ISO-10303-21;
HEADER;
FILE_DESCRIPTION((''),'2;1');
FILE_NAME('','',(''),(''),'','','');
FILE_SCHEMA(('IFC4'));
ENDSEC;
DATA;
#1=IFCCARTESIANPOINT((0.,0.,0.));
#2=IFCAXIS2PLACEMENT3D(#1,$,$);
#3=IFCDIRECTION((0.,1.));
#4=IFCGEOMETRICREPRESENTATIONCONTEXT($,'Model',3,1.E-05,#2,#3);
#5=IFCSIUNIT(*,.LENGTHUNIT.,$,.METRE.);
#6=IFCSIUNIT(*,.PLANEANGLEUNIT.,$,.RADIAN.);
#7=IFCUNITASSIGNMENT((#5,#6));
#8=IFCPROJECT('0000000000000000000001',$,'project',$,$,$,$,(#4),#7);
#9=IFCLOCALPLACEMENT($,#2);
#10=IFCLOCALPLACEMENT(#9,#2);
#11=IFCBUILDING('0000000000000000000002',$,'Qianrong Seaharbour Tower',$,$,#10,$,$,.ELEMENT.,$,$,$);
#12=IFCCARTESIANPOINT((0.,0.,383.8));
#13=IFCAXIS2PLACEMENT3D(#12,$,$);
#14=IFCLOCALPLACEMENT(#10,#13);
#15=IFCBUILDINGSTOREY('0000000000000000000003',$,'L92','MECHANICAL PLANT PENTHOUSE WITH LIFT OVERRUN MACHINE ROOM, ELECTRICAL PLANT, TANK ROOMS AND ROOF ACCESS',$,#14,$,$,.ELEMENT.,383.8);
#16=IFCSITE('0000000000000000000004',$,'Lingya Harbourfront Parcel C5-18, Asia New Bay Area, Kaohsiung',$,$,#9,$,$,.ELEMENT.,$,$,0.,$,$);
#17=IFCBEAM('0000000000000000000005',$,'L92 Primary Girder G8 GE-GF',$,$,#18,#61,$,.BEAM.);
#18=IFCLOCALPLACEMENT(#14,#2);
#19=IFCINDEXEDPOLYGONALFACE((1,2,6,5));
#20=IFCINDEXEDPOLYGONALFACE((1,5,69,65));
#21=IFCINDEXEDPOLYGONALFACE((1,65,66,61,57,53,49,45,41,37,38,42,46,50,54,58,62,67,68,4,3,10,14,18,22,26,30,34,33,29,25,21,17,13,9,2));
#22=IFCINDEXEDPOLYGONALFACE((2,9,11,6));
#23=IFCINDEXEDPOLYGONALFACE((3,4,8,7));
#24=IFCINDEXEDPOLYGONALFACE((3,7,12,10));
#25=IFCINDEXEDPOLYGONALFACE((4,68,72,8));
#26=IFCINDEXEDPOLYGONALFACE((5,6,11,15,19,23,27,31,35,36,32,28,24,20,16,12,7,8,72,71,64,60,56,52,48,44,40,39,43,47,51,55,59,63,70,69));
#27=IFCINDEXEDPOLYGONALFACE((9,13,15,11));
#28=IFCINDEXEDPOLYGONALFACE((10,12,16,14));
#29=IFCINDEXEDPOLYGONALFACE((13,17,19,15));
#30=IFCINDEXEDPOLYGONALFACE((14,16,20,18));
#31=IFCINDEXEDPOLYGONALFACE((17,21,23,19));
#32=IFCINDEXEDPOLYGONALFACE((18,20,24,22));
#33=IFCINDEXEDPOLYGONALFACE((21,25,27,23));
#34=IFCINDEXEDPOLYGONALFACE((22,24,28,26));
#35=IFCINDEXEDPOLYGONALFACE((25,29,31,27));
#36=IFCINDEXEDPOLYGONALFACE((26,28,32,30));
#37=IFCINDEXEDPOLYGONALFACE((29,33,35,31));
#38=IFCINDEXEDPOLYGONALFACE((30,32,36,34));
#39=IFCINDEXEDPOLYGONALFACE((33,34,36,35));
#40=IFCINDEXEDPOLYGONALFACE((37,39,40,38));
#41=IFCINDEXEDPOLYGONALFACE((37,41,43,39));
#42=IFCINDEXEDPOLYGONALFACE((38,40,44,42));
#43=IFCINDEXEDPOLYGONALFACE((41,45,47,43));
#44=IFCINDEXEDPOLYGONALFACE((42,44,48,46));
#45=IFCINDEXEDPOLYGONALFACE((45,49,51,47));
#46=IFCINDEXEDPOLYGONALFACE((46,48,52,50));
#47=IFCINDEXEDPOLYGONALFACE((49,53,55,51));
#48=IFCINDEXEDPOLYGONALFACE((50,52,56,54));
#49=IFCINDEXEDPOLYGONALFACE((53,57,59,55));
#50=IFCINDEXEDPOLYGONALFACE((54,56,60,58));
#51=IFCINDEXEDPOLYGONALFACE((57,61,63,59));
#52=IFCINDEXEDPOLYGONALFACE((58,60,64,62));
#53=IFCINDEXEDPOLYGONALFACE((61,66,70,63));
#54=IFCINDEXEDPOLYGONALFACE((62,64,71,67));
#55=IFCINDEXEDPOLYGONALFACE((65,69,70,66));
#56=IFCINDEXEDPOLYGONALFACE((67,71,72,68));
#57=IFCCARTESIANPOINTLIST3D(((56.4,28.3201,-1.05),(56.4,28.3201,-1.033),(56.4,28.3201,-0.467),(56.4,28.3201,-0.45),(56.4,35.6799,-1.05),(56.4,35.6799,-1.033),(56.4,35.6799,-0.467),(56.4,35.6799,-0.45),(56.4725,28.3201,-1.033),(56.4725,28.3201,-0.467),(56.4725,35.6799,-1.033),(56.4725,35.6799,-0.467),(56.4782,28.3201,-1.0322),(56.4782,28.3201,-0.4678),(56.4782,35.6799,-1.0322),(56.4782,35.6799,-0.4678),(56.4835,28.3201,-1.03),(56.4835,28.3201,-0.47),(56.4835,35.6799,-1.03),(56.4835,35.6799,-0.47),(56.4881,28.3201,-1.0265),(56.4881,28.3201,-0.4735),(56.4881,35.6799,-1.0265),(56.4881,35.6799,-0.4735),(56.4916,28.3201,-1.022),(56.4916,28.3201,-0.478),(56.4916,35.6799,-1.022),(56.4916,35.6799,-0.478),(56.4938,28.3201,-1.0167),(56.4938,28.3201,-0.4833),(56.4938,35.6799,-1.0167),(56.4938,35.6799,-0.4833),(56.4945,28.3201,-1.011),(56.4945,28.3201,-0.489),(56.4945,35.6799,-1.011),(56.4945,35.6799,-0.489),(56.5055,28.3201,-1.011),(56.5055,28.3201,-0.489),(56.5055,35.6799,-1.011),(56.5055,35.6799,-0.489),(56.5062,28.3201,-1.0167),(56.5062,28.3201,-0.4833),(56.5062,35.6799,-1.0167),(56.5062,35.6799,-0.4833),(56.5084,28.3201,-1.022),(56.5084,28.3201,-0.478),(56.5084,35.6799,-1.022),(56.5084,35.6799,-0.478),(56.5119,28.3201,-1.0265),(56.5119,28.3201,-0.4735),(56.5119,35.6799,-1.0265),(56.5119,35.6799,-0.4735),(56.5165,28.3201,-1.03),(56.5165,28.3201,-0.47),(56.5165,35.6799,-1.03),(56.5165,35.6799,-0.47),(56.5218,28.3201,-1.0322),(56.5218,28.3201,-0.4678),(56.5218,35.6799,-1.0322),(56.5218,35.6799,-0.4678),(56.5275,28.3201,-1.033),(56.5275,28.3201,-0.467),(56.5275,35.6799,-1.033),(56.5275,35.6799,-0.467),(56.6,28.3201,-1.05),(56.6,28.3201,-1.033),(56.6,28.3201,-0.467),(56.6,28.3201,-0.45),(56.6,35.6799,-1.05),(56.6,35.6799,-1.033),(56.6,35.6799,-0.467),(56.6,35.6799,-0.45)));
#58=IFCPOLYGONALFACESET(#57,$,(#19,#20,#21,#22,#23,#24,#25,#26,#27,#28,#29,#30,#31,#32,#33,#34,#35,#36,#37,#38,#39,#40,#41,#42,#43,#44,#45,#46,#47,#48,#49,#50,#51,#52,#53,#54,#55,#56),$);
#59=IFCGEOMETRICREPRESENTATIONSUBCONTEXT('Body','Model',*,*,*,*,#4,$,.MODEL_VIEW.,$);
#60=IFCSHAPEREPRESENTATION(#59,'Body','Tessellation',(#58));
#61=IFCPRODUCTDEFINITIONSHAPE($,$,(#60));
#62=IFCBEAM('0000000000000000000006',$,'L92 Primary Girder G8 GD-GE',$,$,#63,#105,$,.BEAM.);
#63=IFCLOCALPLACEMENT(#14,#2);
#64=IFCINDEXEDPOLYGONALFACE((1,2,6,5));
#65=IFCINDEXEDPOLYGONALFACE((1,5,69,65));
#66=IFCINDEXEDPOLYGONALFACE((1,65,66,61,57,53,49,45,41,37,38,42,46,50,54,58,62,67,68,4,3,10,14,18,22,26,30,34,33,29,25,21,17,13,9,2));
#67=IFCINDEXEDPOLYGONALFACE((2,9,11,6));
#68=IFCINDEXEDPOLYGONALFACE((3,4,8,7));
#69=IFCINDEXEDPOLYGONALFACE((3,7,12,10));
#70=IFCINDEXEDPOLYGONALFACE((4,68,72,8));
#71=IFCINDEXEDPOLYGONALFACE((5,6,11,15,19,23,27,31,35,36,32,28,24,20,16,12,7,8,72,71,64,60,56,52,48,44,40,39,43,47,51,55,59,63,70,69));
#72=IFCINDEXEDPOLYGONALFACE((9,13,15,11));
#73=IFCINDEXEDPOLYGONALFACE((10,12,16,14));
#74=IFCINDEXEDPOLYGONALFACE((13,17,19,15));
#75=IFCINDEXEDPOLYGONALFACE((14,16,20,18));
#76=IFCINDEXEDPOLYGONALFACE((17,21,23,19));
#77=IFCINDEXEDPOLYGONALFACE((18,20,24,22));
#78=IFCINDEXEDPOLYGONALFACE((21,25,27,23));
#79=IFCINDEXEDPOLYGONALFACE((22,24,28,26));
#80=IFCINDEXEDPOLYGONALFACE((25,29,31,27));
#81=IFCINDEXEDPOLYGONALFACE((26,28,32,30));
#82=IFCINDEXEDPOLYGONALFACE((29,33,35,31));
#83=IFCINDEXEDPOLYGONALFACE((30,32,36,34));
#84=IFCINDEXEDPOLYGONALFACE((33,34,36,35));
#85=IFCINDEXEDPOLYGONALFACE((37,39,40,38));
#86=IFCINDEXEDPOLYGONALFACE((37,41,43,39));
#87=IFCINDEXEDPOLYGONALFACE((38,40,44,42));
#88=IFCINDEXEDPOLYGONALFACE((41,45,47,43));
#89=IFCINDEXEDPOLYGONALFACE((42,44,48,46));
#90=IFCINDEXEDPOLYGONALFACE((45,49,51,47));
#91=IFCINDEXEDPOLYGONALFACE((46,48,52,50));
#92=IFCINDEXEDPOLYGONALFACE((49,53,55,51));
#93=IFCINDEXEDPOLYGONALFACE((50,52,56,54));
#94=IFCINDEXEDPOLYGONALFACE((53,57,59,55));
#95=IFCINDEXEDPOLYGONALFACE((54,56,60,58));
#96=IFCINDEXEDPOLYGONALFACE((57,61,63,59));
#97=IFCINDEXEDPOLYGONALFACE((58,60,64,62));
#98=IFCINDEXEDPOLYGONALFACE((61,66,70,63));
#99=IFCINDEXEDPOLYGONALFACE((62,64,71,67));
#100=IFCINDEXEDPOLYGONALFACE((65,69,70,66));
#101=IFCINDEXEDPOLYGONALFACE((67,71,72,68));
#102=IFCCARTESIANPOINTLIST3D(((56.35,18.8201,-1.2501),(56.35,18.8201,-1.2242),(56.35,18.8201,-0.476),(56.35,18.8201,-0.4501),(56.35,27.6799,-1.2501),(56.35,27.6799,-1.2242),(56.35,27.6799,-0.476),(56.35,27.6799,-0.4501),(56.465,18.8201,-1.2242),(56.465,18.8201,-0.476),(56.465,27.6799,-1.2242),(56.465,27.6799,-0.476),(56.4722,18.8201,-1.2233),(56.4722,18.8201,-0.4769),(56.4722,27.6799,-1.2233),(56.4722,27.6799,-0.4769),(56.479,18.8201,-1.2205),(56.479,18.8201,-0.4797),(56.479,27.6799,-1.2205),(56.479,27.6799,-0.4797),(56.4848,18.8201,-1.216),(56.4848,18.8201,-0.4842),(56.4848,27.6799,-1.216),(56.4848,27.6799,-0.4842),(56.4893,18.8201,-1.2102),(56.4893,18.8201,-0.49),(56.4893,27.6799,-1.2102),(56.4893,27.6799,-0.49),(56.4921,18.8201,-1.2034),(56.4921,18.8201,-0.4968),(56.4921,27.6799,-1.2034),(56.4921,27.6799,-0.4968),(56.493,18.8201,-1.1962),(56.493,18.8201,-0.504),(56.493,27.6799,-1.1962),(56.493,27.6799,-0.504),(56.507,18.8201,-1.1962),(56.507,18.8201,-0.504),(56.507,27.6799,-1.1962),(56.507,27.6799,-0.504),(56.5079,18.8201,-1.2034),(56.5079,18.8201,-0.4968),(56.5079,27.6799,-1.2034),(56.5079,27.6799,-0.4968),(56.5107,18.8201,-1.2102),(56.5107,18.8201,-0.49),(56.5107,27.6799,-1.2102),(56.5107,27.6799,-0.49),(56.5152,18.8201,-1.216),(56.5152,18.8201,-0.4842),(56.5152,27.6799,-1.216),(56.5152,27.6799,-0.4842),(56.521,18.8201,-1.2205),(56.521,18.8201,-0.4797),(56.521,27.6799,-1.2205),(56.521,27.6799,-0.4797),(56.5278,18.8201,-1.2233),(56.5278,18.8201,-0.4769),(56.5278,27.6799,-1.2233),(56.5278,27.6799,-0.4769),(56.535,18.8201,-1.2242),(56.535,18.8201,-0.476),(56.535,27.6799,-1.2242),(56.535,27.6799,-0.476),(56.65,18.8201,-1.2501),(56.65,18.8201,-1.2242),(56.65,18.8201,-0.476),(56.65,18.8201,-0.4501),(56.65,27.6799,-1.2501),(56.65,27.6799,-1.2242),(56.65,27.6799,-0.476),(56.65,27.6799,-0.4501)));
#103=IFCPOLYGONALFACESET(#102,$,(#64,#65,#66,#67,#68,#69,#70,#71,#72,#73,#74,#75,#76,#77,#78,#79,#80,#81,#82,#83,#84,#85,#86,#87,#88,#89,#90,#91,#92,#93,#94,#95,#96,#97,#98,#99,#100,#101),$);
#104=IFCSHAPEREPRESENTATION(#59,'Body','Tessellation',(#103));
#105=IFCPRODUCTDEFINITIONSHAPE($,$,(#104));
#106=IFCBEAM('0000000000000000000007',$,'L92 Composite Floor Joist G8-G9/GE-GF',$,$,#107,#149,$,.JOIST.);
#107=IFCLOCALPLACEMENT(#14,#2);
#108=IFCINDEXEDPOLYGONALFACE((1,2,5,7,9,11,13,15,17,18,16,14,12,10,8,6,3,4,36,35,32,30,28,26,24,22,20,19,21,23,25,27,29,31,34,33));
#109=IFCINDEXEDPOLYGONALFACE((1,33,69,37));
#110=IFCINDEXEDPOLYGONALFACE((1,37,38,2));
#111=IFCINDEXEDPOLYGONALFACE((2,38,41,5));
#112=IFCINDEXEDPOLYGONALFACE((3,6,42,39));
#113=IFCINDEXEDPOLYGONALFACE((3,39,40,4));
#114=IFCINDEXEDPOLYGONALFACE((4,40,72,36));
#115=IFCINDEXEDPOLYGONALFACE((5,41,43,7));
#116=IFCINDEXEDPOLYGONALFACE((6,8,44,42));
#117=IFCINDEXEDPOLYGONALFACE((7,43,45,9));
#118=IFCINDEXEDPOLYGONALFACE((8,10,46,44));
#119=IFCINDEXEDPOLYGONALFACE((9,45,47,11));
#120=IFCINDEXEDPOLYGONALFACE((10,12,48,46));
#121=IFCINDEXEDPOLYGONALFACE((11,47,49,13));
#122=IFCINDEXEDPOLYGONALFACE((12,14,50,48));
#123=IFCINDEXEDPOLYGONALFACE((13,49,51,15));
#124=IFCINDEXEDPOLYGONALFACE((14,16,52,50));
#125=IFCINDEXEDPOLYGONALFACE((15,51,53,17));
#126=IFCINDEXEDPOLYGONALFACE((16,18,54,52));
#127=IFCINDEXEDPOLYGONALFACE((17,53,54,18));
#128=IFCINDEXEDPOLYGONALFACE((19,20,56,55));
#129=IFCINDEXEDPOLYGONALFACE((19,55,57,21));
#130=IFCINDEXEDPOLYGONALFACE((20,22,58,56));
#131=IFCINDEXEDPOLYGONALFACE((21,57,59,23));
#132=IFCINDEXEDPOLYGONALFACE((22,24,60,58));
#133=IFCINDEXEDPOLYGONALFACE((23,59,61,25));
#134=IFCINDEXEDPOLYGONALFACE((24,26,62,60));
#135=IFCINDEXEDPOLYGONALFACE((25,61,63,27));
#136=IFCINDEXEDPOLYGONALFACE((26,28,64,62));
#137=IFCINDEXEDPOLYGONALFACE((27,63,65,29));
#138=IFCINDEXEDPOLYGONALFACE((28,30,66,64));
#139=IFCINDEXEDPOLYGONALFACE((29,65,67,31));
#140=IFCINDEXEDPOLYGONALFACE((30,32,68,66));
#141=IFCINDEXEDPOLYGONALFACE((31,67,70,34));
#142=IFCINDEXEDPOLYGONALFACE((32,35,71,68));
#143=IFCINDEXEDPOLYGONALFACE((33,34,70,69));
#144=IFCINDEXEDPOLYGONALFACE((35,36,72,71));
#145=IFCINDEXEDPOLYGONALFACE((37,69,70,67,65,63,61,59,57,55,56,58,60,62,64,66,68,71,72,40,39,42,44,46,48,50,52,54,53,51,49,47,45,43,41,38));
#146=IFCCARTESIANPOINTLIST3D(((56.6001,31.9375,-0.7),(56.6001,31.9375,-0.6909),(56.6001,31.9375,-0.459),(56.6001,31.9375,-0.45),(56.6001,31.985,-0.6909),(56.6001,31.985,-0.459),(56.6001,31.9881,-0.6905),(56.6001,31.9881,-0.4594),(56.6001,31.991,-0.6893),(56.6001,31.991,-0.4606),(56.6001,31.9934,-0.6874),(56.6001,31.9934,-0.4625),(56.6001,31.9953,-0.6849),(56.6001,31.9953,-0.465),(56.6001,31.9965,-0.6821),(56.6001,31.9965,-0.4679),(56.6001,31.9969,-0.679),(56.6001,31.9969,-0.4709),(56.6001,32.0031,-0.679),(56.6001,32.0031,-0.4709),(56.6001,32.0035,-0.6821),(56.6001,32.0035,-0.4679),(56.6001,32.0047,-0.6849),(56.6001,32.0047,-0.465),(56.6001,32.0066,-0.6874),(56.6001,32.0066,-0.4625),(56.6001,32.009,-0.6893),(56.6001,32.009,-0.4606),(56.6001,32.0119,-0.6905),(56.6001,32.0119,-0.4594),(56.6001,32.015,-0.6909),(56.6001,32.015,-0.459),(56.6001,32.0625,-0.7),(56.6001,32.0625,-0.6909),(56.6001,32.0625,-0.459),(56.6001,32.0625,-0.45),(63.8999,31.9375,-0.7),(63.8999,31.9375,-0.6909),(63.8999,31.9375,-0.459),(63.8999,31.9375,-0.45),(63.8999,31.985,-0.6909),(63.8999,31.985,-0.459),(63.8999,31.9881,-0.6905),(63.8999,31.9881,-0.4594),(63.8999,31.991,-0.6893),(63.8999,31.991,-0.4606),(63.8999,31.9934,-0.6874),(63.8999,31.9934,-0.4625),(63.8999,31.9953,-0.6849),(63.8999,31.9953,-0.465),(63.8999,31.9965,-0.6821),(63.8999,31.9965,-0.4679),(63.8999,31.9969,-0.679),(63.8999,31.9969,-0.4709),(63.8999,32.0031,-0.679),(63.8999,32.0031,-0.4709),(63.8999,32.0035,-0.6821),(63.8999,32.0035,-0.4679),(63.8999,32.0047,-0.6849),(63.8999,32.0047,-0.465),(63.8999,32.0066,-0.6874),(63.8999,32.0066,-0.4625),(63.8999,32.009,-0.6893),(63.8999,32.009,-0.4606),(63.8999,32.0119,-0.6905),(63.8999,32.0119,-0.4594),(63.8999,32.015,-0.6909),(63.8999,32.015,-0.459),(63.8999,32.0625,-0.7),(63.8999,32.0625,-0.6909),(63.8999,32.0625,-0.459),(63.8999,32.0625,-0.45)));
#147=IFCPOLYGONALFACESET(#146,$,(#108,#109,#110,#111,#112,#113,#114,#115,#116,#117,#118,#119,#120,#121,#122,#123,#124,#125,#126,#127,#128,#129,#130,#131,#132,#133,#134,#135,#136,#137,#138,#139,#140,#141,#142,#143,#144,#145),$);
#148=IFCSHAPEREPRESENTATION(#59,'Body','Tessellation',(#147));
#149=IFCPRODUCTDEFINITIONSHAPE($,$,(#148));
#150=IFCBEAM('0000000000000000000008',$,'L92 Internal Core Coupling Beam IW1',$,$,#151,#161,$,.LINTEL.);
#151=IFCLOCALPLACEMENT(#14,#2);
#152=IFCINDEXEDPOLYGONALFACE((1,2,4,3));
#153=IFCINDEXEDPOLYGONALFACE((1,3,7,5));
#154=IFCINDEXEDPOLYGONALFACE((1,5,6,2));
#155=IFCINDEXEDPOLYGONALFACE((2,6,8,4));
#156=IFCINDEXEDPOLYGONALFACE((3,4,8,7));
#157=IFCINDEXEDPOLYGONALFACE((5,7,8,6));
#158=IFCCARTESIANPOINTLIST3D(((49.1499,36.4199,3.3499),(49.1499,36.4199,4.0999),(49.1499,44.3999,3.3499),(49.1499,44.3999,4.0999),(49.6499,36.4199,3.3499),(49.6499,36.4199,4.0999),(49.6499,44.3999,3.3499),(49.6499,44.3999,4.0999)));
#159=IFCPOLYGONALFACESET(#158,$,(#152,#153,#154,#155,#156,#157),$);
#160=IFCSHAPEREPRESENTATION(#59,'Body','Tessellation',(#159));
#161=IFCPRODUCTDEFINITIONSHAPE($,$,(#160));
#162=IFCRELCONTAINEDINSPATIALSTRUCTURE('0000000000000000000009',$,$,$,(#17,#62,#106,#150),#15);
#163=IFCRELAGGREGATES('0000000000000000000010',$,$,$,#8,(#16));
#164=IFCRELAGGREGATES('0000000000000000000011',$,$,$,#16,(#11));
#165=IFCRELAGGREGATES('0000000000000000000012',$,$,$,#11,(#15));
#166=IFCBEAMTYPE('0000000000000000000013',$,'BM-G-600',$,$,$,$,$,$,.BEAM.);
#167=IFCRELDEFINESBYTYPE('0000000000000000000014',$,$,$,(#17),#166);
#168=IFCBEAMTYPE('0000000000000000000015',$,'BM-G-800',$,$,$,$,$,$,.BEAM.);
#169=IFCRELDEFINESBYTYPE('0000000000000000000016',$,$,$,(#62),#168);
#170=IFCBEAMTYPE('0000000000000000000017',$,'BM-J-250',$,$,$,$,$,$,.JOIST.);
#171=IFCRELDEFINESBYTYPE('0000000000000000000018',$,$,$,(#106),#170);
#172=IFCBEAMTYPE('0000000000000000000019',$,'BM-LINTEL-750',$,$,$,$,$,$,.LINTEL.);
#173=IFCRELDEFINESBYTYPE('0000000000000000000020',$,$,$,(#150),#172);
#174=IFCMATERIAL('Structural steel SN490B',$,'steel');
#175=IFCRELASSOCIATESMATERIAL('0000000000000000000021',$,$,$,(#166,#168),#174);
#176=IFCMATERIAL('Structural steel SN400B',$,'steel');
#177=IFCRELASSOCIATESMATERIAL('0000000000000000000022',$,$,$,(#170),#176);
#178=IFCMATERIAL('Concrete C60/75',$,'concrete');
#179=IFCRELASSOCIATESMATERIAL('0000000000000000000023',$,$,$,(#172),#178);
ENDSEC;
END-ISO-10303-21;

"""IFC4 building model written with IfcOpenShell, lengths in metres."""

from ifc_helpers import new_model, si_unit, direction, frame, origin, origin_2d, place, context, subcontext, project, spatial, rectangle, i_section, extrude, material, material_profile, profile_set, type_object, element, save


model = new_model("IFC4")

# Units and contexts
model_context = context("Model", 3, precision=1e-05, world=origin(), true_north=direction((0.0, 1.0)))
body_context = subcontext(model_context, "Body", "Model", "MODEL_VIEW")
ifc_project = project(units=[si_unit("LENGTHUNIT", "METRE"), si_unit("PLANEANGLEUNIT", "RADIAN")], contexts=[model_context])

# Site, building, storey
site_placement = place(None, origin())
site = spatial("IfcSite", under=ifc_project, at=site_placement, Name="Lingya Harbourfront Parcel C5-18, Asia New Bay Area, Kaohsiung", CompositionType="ELEMENT", RefElevation=0.0)
building_placement = place(site_placement, origin())
building = spatial("IfcBuilding", under=site, at=building_placement, Name="Qianrong Seaharbour Tower", CompositionType="ELEMENT")
storey_placement = place(building_placement, frame((0.0, 0.0, 383.8)))
storey = spatial("IfcBuildingStorey", under=building, at=storey_placement, Name="L92", Description="MECHANICAL PLANT PENTHOUSE WITH LIFT OVERRUN MACHINE ROOM, ELECTRICAL PLANT, TANK ROOMS AND ROOF ACCESS", CompositionType="ELEMENT", Elevation=383.8)

# Shared definitions
ifc_material_1 = material(Name="Structural steel SN490B", Category="steel")
ifc_material_2 = material(Name="Structural steel SN400B", Category="steel")

# Beams
ifc_material_profile_1 = material_profile(ifc_material_1, i_section(OverallWidth=0.2, OverallDepth=0.6001, WebThickness=0.011, FlangeThickness=0.0171, FilletRadius=0.022, at=origin_2d()), Name="H600x200x11x17")
ifc_profile_set_1 = profile_set([ifc_material_profile_1], Name="Structural steel SN490B")
beam_type_1 = type_object("IfcBeamType", Name="BM-G-600", PredefinedType="BEAM", material=ifc_profile_set_1)
beam_1_placement = place(storey_placement, frame((56.5, 28.3201, -0.75), z_axis=(0.0, 1.0, 0.0), x_axis=(-1.0, 0.0, 0.0)))
element("IfcBeam", 1, at=beam_1_placement, inside=storey, type_object=beam_type_1, Name="L92 Primary Girder G8 GE-GF", PredefinedType="BEAM", context=body_context, shape_type="SweptSolid", body=[
    extrude(i_section(OverallWidth=0.2, OverallDepth=0.6001, WebThickness=0.011, FlangeThickness=0.0171, FilletRadius=0.022, at=origin_2d()), origin(), (0.0, 0.0, 1.0), 7.3599),
])
ifc_material_profile_2 = material_profile(ifc_material_1, i_section(OverallWidth=0.3, OverallDepth=0.8, WebThickness=0.0139, FlangeThickness=0.0259, FilletRadius=0.0281, at=origin_2d()), Name="H800x300x14x26")
ifc_profile_set_2 = profile_set([ifc_material_profile_2], Name="Structural steel SN490B")
beam_type_2 = type_object("IfcBeamType", Name="BM-G-800", PredefinedType="BEAM", material=ifc_profile_set_2)
beam_2_placement = place(storey_placement, frame((56.5, 18.8201, -0.8501), z_axis=(0.0, 1.0, 0.0), x_axis=(-1.0, 0.0, 0.0)))
element("IfcBeam", 2, at=beam_2_placement, inside=storey, type_object=beam_type_2, Name="L92 Primary Girder G8 GD-GE", PredefinedType="BEAM", context=body_context, shape_type="SweptSolid", body=[
    extrude(i_section(OverallWidth=0.3, OverallDepth=0.8, WebThickness=0.0139, FlangeThickness=0.0259, FilletRadius=0.0281, at=origin_2d()), origin(), (0.0, 0.0, 1.0), 8.8599),
])
ifc_material_profile_3 = material_profile(ifc_material_2, i_section(OverallWidth=0.125, OverallDepth=0.25, WebThickness=0.0061, FlangeThickness=0.009, FilletRadius=0.012, at=origin_2d()), Name="H250x125x6x9")
ifc_profile_set_3 = profile_set([ifc_material_profile_3], Name="Structural steel SN400B")
beam_type_3 = type_object("IfcBeamType", Name="BM-J-250", PredefinedType="JOIST", material=ifc_profile_set_3)
beam_3_placement = place(storey_placement, frame((56.6001, 32.0, -0.575), z_axis=(1.0, 0.0, 0.0), x_axis=(0.0, 1.0, 0.0)))
element("IfcBeam", 3, at=beam_3_placement, inside=storey, type_object=beam_type_3, Name="L92 Composite Floor Joist G8-G9/GE-GF", PredefinedType="JOIST", context=body_context, shape_type="SweptSolid", body=[
    extrude(i_section(OverallWidth=0.125, OverallDepth=0.25, WebThickness=0.0061, FlangeThickness=0.009, FilletRadius=0.012, at=origin_2d()), origin(), (0.0, 0.0, 1.0), 7.2998),
])
ifc_material_3 = material(Name="Concrete C60/75", Category="concrete")
ifc_material_profile_4 = material_profile(ifc_material_3, rectangle(XDim=0.5, YDim=0.75, at=origin_2d()), Name="RC500x750")
ifc_profile_set_4 = profile_set([ifc_material_profile_4], Name="Concrete C60/75")
beam_type_4 = type_object("IfcBeamType", Name="BM-LINTEL-750", PredefinedType="LINTEL", material=ifc_profile_set_4)
beam_4_placement = place(storey_placement, frame((49.3999, 36.4199, 3.7249), z_axis=(0.0, 1.0, 0.0), x_axis=(-1.0, 0.0, 0.0)))
element("IfcBeam", 4, at=beam_4_placement, inside=storey, type_object=beam_type_4, Name="L92 Internal Core Coupling Beam IW1", PredefinedType="LINTEL", context=body_context, shape_type="SweptSolid", body=[
    extrude(rectangle(XDim=0.5, YDim=0.75, at=origin_2d()), origin(), (0.0, 0.0, 1.0), 7.98),
])

save(model, "model.ifc")
